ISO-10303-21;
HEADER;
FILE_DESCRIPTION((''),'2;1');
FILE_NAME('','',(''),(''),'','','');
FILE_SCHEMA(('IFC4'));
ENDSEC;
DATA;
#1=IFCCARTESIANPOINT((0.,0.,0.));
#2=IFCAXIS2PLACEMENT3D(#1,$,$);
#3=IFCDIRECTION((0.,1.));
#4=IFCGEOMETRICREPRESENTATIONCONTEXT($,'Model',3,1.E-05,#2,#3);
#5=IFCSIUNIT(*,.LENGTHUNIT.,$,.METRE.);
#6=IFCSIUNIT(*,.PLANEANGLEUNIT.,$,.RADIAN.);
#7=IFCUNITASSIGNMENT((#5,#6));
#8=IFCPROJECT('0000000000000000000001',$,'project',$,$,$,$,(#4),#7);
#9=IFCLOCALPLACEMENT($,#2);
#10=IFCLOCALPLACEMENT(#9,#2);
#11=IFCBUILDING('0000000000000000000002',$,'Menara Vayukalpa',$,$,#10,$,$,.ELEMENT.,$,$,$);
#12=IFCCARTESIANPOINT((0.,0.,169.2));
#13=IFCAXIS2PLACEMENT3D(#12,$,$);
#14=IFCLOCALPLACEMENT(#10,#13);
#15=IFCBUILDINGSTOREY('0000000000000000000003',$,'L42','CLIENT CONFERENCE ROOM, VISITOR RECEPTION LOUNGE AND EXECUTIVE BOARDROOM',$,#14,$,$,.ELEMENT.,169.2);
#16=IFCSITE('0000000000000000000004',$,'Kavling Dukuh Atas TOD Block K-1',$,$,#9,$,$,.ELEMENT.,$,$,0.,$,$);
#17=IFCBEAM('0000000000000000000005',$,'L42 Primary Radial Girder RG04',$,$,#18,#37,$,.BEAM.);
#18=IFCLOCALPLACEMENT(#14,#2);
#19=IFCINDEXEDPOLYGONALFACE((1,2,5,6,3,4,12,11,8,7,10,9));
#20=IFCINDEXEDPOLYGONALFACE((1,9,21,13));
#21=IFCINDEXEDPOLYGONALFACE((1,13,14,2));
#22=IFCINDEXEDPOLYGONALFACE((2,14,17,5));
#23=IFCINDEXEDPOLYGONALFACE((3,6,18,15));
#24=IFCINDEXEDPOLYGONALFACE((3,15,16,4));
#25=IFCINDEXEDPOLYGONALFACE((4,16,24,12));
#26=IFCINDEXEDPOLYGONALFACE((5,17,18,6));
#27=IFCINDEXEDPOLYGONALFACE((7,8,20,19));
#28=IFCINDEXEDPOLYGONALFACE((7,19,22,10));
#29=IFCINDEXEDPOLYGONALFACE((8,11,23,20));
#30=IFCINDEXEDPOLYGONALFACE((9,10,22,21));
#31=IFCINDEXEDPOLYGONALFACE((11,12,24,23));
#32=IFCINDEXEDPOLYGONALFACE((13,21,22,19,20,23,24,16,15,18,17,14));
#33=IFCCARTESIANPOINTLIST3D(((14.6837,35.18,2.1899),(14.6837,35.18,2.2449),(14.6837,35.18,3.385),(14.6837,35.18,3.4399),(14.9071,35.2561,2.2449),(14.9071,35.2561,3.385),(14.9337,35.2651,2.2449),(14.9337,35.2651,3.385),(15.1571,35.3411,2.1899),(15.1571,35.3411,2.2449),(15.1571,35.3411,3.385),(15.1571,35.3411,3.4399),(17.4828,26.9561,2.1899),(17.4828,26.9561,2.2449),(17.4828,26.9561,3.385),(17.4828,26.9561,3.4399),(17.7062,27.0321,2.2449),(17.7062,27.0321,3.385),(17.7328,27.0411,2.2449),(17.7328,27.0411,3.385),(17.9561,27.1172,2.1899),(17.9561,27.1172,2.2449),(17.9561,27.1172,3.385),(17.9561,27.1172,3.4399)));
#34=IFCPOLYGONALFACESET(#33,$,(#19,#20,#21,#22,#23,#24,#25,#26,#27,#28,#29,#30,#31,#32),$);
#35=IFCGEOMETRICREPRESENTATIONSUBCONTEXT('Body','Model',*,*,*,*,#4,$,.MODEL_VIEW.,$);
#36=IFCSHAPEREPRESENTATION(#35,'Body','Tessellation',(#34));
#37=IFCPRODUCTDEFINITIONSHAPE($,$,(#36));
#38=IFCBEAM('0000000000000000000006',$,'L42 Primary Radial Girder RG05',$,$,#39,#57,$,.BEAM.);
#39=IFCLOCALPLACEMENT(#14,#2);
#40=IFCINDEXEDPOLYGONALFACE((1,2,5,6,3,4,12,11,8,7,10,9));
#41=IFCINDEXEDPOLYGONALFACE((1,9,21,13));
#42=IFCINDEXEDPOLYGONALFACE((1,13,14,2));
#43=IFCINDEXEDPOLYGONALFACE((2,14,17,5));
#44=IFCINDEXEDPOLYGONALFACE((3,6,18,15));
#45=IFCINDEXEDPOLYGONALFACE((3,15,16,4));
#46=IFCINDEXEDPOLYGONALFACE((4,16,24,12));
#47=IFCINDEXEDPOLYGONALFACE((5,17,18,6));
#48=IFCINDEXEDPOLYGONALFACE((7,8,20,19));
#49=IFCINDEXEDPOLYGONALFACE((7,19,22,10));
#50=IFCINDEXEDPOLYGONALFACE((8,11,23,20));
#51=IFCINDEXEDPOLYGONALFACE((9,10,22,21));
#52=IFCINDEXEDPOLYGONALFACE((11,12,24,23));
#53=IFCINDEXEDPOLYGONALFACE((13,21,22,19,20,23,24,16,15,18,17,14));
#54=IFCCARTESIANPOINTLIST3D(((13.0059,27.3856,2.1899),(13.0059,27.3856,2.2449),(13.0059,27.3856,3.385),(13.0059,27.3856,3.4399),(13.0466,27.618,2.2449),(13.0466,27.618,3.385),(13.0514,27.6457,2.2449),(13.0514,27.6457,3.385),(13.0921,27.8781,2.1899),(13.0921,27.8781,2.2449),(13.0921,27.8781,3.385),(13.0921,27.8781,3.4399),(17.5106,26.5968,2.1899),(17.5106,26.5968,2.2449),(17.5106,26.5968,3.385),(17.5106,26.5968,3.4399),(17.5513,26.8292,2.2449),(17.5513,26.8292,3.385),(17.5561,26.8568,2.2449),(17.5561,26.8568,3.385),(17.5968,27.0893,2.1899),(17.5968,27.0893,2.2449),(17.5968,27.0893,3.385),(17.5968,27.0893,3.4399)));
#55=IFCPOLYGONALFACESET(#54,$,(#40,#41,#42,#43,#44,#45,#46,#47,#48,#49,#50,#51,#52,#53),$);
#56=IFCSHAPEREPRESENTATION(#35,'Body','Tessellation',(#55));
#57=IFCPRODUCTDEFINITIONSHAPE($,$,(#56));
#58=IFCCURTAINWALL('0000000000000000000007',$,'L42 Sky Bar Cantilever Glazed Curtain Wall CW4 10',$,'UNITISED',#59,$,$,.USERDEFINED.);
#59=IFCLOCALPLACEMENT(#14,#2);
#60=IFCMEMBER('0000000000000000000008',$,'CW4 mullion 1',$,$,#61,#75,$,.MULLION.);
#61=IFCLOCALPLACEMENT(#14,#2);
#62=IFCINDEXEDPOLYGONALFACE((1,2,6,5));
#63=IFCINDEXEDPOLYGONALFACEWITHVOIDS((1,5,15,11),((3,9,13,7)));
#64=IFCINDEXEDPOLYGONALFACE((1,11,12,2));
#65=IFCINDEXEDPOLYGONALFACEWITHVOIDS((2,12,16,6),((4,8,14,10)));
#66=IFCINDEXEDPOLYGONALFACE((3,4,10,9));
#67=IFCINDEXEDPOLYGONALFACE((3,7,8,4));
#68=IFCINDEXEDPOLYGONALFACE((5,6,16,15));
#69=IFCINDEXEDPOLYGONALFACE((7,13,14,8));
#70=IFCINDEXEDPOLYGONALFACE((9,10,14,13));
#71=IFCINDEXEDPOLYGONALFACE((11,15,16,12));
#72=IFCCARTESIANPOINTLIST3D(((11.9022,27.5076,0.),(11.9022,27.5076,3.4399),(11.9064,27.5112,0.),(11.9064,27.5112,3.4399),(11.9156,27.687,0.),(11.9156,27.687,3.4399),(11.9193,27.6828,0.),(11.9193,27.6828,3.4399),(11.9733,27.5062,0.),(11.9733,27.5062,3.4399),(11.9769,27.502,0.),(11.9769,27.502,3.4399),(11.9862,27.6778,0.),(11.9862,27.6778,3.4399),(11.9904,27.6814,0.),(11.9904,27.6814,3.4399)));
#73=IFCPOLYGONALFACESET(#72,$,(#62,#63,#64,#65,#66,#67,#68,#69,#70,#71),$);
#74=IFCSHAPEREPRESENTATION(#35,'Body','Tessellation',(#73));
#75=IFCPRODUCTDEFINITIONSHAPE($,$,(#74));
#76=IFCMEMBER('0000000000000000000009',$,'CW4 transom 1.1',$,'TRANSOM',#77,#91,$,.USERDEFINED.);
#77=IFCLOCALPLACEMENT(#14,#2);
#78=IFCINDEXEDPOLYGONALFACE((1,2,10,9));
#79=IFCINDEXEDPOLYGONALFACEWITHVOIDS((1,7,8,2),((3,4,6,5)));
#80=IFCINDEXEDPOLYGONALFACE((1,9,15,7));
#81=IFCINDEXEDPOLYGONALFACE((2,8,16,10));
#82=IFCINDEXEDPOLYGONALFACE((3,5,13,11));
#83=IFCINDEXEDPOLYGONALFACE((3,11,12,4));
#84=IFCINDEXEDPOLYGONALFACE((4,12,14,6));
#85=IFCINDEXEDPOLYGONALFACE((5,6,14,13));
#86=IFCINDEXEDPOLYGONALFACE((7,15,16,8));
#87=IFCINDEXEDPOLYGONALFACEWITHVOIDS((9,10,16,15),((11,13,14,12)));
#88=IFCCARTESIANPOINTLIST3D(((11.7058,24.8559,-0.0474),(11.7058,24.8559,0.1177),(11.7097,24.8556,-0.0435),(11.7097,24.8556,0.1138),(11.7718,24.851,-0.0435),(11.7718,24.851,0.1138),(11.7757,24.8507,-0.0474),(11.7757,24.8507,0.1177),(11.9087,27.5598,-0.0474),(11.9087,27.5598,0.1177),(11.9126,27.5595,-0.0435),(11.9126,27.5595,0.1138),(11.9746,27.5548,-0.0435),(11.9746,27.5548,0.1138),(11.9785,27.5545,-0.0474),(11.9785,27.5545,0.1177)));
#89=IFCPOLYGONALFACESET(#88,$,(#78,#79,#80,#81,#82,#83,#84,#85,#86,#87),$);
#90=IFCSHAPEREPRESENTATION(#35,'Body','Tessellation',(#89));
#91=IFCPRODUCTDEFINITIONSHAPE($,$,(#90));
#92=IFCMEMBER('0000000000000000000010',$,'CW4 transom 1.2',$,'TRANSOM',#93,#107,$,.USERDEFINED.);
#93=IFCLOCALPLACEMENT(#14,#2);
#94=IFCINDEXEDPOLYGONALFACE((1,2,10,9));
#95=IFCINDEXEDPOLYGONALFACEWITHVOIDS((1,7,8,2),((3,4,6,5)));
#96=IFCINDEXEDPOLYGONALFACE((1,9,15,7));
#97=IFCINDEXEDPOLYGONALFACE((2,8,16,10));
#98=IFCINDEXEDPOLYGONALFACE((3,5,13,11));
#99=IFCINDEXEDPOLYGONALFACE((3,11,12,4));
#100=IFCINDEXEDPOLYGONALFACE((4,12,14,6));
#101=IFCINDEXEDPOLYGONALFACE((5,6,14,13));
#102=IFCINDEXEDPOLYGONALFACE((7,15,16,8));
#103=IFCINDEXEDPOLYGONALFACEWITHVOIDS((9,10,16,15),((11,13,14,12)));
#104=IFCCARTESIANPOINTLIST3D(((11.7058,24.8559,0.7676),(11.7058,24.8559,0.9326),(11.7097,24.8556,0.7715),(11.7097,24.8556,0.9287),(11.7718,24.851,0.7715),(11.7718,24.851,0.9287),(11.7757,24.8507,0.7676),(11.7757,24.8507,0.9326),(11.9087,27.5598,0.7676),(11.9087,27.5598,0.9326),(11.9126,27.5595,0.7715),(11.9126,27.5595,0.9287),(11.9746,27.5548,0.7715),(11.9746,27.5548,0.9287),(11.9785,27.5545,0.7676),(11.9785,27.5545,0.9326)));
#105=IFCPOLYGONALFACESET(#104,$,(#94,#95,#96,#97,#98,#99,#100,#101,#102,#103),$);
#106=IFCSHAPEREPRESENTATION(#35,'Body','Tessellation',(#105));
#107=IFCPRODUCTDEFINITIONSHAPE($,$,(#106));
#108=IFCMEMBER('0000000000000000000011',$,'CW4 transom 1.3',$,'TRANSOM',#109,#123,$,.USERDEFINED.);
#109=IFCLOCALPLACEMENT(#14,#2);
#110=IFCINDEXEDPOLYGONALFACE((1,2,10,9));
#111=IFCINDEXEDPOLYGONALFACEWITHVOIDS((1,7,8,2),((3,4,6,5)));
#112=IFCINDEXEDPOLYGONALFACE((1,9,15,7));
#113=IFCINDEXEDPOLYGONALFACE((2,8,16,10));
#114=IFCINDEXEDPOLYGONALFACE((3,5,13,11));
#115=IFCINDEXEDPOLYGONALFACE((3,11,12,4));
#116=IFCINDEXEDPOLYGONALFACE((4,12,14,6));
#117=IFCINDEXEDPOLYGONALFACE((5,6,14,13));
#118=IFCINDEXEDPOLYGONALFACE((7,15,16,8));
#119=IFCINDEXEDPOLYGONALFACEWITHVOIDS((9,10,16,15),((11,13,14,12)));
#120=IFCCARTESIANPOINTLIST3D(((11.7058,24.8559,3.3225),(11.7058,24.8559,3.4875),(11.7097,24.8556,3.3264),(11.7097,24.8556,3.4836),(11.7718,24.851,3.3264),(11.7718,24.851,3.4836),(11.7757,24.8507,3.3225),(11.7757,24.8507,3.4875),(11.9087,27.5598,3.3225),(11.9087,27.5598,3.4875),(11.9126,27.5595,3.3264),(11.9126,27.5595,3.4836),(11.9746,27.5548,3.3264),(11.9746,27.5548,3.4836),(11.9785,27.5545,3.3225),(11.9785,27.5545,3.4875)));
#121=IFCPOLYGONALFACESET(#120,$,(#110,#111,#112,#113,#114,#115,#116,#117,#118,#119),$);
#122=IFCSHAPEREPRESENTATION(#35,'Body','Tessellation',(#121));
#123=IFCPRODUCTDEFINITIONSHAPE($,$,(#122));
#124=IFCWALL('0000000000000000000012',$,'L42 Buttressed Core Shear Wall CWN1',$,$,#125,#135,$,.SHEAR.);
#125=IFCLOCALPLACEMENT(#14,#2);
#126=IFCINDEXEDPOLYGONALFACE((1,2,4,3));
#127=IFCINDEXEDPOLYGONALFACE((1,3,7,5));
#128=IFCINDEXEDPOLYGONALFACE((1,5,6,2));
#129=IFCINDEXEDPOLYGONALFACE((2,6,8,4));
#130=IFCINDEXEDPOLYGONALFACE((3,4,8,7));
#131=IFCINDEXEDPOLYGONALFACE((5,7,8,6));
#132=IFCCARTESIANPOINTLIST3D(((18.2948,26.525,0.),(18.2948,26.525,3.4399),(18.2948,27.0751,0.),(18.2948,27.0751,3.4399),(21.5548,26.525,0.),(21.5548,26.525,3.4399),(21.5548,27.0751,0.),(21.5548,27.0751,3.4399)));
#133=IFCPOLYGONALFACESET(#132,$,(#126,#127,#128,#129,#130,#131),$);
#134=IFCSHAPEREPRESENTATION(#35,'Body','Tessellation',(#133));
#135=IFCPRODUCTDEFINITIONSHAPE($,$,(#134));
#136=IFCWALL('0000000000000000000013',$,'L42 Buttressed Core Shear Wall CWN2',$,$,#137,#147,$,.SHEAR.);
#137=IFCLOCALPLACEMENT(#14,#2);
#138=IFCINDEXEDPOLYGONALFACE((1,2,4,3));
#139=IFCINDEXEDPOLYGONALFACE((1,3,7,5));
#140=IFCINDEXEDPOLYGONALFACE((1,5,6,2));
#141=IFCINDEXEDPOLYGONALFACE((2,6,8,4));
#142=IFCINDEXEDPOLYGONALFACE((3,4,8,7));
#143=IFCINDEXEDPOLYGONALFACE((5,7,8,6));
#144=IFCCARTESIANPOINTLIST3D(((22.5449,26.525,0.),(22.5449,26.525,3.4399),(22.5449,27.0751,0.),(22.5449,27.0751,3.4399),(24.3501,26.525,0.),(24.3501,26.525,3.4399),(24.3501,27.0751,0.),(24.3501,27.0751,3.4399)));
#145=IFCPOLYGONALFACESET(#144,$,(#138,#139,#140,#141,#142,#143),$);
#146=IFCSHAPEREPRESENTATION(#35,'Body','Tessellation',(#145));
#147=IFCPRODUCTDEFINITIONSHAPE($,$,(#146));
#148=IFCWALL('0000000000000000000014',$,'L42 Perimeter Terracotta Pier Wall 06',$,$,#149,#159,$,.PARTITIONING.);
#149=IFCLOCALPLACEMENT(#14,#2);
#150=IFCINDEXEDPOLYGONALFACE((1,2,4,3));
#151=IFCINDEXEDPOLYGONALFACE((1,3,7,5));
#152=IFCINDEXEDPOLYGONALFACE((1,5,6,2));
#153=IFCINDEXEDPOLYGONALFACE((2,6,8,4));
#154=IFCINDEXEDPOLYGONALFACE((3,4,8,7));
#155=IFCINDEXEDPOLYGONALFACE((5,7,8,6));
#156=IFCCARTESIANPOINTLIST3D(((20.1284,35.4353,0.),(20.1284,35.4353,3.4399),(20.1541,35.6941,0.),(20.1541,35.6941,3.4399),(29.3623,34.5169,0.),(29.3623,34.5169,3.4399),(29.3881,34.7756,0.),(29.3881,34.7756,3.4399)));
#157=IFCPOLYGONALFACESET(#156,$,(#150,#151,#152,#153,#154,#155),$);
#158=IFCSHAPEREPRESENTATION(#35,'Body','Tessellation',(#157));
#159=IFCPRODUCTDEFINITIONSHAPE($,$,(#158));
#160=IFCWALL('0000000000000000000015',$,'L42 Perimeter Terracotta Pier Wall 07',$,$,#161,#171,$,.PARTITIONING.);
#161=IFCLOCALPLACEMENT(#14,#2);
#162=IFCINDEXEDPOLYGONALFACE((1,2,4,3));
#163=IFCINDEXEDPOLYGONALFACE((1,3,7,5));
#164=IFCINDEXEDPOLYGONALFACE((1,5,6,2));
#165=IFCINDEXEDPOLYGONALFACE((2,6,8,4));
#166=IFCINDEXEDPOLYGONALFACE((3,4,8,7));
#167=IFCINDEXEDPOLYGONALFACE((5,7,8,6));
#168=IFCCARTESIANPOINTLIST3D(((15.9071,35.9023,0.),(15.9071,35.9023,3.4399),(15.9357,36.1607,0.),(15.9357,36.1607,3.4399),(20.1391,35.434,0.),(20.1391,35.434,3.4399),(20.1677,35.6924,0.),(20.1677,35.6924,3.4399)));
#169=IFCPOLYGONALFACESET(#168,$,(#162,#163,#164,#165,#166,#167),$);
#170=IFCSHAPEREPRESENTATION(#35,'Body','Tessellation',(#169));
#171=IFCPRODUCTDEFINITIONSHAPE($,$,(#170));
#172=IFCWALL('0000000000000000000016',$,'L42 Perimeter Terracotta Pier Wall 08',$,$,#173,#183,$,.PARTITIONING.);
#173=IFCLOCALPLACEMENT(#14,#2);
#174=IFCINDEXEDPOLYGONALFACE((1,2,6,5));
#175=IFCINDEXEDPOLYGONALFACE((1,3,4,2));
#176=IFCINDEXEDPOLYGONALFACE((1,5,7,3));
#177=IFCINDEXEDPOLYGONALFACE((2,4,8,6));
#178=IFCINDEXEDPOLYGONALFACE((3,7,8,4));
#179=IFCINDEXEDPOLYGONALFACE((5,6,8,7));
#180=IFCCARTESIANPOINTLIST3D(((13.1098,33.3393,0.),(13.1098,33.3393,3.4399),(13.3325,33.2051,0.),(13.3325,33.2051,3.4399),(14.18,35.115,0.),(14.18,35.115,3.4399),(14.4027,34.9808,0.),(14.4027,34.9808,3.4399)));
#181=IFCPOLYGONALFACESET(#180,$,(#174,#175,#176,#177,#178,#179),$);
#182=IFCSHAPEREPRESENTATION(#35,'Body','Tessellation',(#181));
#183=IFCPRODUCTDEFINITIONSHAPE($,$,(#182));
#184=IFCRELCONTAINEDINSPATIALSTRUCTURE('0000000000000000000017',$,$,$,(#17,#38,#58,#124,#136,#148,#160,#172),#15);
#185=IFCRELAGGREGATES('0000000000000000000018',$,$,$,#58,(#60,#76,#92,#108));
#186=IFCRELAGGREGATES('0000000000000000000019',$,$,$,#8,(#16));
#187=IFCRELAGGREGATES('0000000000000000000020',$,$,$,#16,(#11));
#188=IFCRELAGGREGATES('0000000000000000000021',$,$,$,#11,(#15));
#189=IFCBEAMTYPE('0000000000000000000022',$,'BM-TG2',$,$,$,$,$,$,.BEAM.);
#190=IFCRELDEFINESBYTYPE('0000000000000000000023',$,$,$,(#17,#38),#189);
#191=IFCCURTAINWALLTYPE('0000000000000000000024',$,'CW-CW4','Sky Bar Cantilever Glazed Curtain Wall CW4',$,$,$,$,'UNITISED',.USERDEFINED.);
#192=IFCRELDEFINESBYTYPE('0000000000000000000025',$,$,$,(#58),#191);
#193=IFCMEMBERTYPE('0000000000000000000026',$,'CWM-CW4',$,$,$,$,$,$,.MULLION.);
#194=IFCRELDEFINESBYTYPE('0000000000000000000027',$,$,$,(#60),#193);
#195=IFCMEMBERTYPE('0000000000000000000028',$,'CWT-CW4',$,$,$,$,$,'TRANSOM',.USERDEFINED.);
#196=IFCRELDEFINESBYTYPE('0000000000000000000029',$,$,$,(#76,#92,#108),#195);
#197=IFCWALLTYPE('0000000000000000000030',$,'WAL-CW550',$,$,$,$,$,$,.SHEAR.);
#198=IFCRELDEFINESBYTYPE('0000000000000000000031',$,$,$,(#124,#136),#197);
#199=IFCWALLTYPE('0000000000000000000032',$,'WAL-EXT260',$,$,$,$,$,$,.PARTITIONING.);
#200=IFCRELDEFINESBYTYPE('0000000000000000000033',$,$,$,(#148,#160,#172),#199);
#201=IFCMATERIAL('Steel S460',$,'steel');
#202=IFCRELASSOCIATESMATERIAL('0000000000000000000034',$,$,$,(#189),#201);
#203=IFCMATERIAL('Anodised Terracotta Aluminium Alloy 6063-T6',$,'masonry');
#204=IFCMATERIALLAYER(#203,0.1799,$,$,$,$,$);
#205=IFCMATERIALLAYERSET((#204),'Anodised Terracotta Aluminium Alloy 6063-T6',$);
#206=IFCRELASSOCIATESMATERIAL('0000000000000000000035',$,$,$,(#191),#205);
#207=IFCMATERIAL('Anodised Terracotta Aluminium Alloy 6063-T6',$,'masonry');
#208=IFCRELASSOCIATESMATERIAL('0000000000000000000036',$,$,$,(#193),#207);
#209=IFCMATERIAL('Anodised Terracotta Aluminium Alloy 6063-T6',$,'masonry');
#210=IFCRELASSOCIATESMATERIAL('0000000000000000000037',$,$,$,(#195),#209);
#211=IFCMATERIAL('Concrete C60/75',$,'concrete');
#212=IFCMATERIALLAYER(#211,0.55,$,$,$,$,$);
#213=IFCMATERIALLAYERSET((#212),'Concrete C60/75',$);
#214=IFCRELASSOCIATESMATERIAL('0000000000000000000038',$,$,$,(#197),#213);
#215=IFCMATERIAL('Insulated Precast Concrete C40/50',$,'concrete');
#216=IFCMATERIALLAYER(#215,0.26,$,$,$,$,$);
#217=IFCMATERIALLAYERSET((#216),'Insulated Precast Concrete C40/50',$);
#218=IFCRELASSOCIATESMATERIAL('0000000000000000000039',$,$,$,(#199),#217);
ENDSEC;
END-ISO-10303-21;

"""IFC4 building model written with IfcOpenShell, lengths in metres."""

from ifc_helpers import new_model, si_unit, direction, frame, frame_2d, origin, origin_2d, place, context, subcontext, project, spatial, rectangle, hollow_rectangle, i_section, extrude, material, layer, layer_set, material_profile, profile_set, type_object, element, aggregate, save


model = new_model("IFC4")

# Units and contexts
model_context = context("Model", 3, precision=1e-05, world=origin(), true_north=direction((0.0, 1.0)))
body_context = subcontext(model_context, "Body", "Model", "MODEL_VIEW")
ifc_project = project(units=[si_unit("LENGTHUNIT", "METRE"), si_unit("PLANEANGLEUNIT", "RADIAN")], contexts=[model_context])

# Site, building, storey
site_placement = place(None, origin())
site = spatial("IfcSite", under=ifc_project, at=site_placement, Name="Kavling Dukuh Atas TOD Block K-1", CompositionType="ELEMENT", RefElevation=0.0)
building_placement = place(site_placement, origin())
building = spatial("IfcBuilding", under=site, at=building_placement, Name="Menara Vayukalpa", CompositionType="ELEMENT")
storey_placement = place(building_placement, frame((0.0, 0.0, 169.2)))
storey = spatial("IfcBuildingStorey", under=building, at=storey_placement, Name="L42", Description="CLIENT CONFERENCE ROOM, VISITOR RECEPTION LOUNGE AND EXECUTIVE BOARDROOM", CompositionType="ELEMENT", Elevation=169.2)

# Beams
ifc_material_1 = material(Name="Steel S460", Category="steel")
ifc_material_profile_1 = material_profile(ifc_material_1, i_section(OverallWidth=0.5, OverallDepth=1.25, WebThickness=0.0281, FlangeThickness=0.0549, at=origin_2d()), Name="WG 1250x500x28x55")
ifc_profile_set_1 = profile_set([ifc_material_profile_1], Name="Steel S460")
beam_type_1 = type_object("IfcBeamType", Name="BM-TG2", PredefinedType="BEAM", material=ifc_profile_set_1)
beam_1_placement = place(storey_placement, frame((17.7195, 27.0366, 2.8149), z_axis=(-0.322208, 0.946669, 0.0), x_axis=(-0.946669, -0.322208, 0.0)))
element("IfcBeam", 1, at=beam_1_placement, inside=storey, type_object=beam_type_1, Name="L42 Primary Radial Girder RG04", PredefinedType="BEAM", context=body_context, shape_type="SweptSolid", body=[
    extrude(i_section(OverallWidth=0.5, OverallDepth=1.25, WebThickness=0.0281, FlangeThickness=0.0549, at=origin_2d()), origin(), (0.0, 0.0, 1.0), 8.6873),
])
beam_2_placement = place(storey_placement, frame((17.5537, 26.843, 2.8149), z_axis=(-0.985012, 0.172488, 0.0), x_axis=(-0.172488, -0.985012, 0.0)))
element("IfcBeam", 2, at=beam_2_placement, inside=storey, type_object=beam_type_1, Name="L42 Primary Radial Girder RG05", PredefinedType="BEAM", context=body_context, shape_type="SweptSolid", body=[
    extrude(i_section(OverallWidth=0.5, OverallDepth=1.25, WebThickness=0.0281, FlangeThickness=0.0549, at=origin_2d()), origin(), (0.0, 0.0, 1.0), 4.5732),
])

# Curtain wall, members
ifc_material_2 = material(Name="Anodised Terracotta Aluminium Alloy 6063-T6", Category="masonry")
ifc_layer_1 = layer(ifc_material_2, 0.1799)
ifc_layer_set_1 = layer_set([ifc_layer_1], Name="Anodised Terracotta Aluminium Alloy 6063-T6")
curtain_wall_type = type_object("IfcCurtainWallType", Name="CW-CW4", Description="Sky Bar Cantilever Glazed Curtain Wall CW4", ElementType="UNITISED", PredefinedType="USERDEFINED", material=ifc_layer_set_1)
curtain_wall_placement = place(storey_placement, origin())
curtain_wall = element("IfcCurtainWall", 3, at=curtain_wall_placement, inside=storey, type_object=curtain_wall_type, Name="L42 Sky Bar Cantilever Glazed Curtain Wall CW4 10", ObjectType="UNITISED", PredefinedType="USERDEFINED")
ifc_material_3 = material(Name="Anodised Terracotta Aluminium Alloy 6063-T6", Category="masonry")
ifc_material_profile_2 = material_profile(ifc_material_3, hollow_rectangle(XDim=0.075, YDim=0.1799, WallThickness=0.0039, at=origin_2d()), Name="ALU 75x180x4")
ifc_profile_set_2 = profile_set([ifc_material_profile_2], Name="Anodised Terracotta Aluminium Alloy 6063-T6")
member_type_1 = type_object("IfcMemberType", Name="CWM-CW4", PredefinedType="MULLION", material=ifc_profile_set_2)
member_1_placement = place(storey_placement, frame((11.9463, 27.5945, 0.0), z_axis=(0.0, 0.0, 1.0), x_axis=(0.997199, -0.074793, 0.0)))
member_1 = element("IfcMember", 4, at=member_1_placement, type_object=member_type_1, Name="CW4 mullion 1", PredefinedType="MULLION", context=body_context, shape_type="SweptSolid", body=[
    extrude(hollow_rectangle(XDim=0.075, YDim=0.1799, WallThickness=0.0039, at=origin_2d()), origin(), (0.0, 0.0, 1.0), 3.4399),
])
ifc_material_4 = material(Name="Anodised Terracotta Aluminium Alloy 6063-T6", Category="masonry")
ifc_material_profile_3 = material_profile(ifc_material_4, hollow_rectangle(XDim=0.0701, YDim=0.165, WallThickness=0.0039, at=origin_2d()), Name="ALU 70x165x4")
ifc_profile_set_3 = profile_set([ifc_material_profile_3], Name="Anodised Terracotta Aluminium Alloy 6063-T6")
member_type_2 = type_object("IfcMemberType", Name="CWT-CW4", ElementType="TRANSOM", PredefinedType="USERDEFINED", material=ifc_profile_set_3)
member_2_placement = place(storey_placement, frame((11.9436, 27.5571, 0.0352), z_axis=(-0.074824, -0.997197, 0.0), x_axis=(0.997197, -0.074824, 0.0)))
member_2 = element("IfcMember", 5, at=member_2_placement, type_object=member_type_2, Name="CW4 transom 1.1", ObjectType="TRANSOM", PredefinedType="USERDEFINED", context=body_context, shape_type="SweptSolid", body=[
    extrude(hollow_rectangle(XDim=0.0701, YDim=0.165, WallThickness=0.0039, at=origin_2d()), origin(), (0.0, 0.0, 1.0), 2.7114),
])
member_3_placement = place(storey_placement, frame((11.9436, 27.5571, 0.8501), z_axis=(-0.074824, -0.997197, 0.0), x_axis=(0.997197, -0.074824, 0.0)))
member_3 = element("IfcMember", 6, at=member_3_placement, type_object=member_type_2, Name="CW4 transom 1.2", ObjectType="TRANSOM", PredefinedType="USERDEFINED", context=body_context, shape_type="SweptSolid", body=[
    extrude(hollow_rectangle(XDim=0.0701, YDim=0.165, WallThickness=0.0039, at=origin_2d()), origin(), (0.0, 0.0, 1.0), 2.7114),
])
member_4_placement = place(storey_placement, frame((11.9436, 27.5571, 3.405), z_axis=(-0.074824, -0.997197, 0.0), x_axis=(0.997197, -0.074824, 0.0)))
member_4 = element("IfcMember", 7, at=member_4_placement, type_object=member_type_2, Name="CW4 transom 1.3", ObjectType="TRANSOM", PredefinedType="USERDEFINED", context=body_context, shape_type="SweptSolid", body=[
    extrude(hollow_rectangle(XDim=0.0701, YDim=0.165, WallThickness=0.0039, at=origin_2d()), origin(), (0.0, 0.0, 1.0), 2.7114),
])
aggregate(curtain_wall, [member_1, member_2, member_3, member_4])

# Walls
ifc_material_5 = material(Name="Concrete C60/75", Category="concrete")
ifc_layer_2 = layer(ifc_material_5, 0.55)
ifc_layer_set_2 = layer_set([ifc_layer_2], Name="Concrete C60/75")
wall_type_1 = type_object("IfcWallType", Name="WAL-CW550", PredefinedType="SHEAR", material=ifc_layer_set_2)
wall_1_placement = place(storey_placement, frame((18.2949, 26.8, 0.0), z_axis=(0.0, 0.0, 1.0), x_axis=(1.0, 0.0, 0.0)))
element("IfcWall", 8, at=wall_1_placement, inside=storey, type_object=wall_type_1, Name="L42 Buttressed Core Shear Wall CWN1", PredefinedType="SHEAR", context=body_context, shape_type="SweptSolid", body=[
    extrude(rectangle(XDim=3.26, YDim=0.55, at=frame_2d((1.6299, 0.0))), origin(), (0.0, 0.0, 1.0), 3.4399),
])
wall_2_placement = place(storey_placement, frame((22.5449, 26.8, 0.0), z_axis=(0.0, 0.0, 1.0), x_axis=(1.0, 0.0, 0.0)))
element("IfcWall", 9, at=wall_2_placement, inside=storey, type_object=wall_type_1, Name="L42 Buttressed Core Shear Wall CWN2", PredefinedType="SHEAR", context=body_context, shape_type="SweptSolid", body=[
    extrude(rectangle(XDim=1.8052, YDim=0.55, at=frame_2d((0.9026, 0.0))), origin(), (0.0, 0.0, 1.0), 3.4399),
])
ifc_material_6 = material(Name="Insulated Precast Concrete C40/50", Category="concrete")
ifc_layer_3 = layer(ifc_material_6, 0.26)
ifc_layer_set_3 = layer_set([ifc_layer_3], Name="Insulated Precast Concrete C40/50")
wall_type_2 = type_object("IfcWallType", Name="WAL-EXT260", PredefinedType="PARTITIONING", material=ifc_layer_set_3)
wall_3_placement = place(storey_placement, frame((20.1414, 35.5647, 0.0), z_axis=(0.0, 0.0, 1.0), x_axis=(0.99509, -0.098978, 0.0)))
element("IfcWall", 10, at=wall_3_placement, inside=storey, type_object=wall_type_2, Name="L42 Perimeter Terracotta Pier Wall 06", PredefinedType="PARTITIONING", context=body_context, shape_type="SweptSolid", body=[
    extrude(rectangle(XDim=9.2795, YDim=0.26, at=frame_2d((4.6396, 0.0))), origin(), (0.0, 0.0, 1.0), 3.4399),
])
wall_4_placement = place(storey_placement, frame((15.9214, 36.0315, 0.0), z_axis=(0.0, 0.0, 1.0), x_axis=(0.993934, -0.109978, 0.0)))
element("IfcWall", 11, at=wall_4_placement, inside=storey, type_object=wall_type_2, Name="L42 Perimeter Terracotta Pier Wall 07", PredefinedType="PARTITIONING", context=body_context, shape_type="SweptSolid", body=[
    extrude(rectangle(XDim=4.2578, YDim=0.26, at=frame_2d((2.1289, 0.0))), origin(), (0.0, 0.0, 1.0), 3.4399),
])
wall_5_placement = place(storey_placement, frame((13.2212, 33.2722, 0.0), z_axis=(0.0, 0.0, 1.0), x_axis=(0.516157, 0.856494, 0.0)))
element("IfcWall", 12, at=wall_5_placement, inside=storey, type_object=wall_type_2, Name="L42 Perimeter Terracotta Pier Wall 08", PredefinedType="PARTITIONING", context=body_context, shape_type="SweptSolid", body=[
    extrude(rectangle(XDim=2.0732, YDim=0.26, at=frame_2d((1.0366, 0.0))), origin(), (0.0, 0.0, 1.0), 3.4399),
])

save(model, "model.ifc")
